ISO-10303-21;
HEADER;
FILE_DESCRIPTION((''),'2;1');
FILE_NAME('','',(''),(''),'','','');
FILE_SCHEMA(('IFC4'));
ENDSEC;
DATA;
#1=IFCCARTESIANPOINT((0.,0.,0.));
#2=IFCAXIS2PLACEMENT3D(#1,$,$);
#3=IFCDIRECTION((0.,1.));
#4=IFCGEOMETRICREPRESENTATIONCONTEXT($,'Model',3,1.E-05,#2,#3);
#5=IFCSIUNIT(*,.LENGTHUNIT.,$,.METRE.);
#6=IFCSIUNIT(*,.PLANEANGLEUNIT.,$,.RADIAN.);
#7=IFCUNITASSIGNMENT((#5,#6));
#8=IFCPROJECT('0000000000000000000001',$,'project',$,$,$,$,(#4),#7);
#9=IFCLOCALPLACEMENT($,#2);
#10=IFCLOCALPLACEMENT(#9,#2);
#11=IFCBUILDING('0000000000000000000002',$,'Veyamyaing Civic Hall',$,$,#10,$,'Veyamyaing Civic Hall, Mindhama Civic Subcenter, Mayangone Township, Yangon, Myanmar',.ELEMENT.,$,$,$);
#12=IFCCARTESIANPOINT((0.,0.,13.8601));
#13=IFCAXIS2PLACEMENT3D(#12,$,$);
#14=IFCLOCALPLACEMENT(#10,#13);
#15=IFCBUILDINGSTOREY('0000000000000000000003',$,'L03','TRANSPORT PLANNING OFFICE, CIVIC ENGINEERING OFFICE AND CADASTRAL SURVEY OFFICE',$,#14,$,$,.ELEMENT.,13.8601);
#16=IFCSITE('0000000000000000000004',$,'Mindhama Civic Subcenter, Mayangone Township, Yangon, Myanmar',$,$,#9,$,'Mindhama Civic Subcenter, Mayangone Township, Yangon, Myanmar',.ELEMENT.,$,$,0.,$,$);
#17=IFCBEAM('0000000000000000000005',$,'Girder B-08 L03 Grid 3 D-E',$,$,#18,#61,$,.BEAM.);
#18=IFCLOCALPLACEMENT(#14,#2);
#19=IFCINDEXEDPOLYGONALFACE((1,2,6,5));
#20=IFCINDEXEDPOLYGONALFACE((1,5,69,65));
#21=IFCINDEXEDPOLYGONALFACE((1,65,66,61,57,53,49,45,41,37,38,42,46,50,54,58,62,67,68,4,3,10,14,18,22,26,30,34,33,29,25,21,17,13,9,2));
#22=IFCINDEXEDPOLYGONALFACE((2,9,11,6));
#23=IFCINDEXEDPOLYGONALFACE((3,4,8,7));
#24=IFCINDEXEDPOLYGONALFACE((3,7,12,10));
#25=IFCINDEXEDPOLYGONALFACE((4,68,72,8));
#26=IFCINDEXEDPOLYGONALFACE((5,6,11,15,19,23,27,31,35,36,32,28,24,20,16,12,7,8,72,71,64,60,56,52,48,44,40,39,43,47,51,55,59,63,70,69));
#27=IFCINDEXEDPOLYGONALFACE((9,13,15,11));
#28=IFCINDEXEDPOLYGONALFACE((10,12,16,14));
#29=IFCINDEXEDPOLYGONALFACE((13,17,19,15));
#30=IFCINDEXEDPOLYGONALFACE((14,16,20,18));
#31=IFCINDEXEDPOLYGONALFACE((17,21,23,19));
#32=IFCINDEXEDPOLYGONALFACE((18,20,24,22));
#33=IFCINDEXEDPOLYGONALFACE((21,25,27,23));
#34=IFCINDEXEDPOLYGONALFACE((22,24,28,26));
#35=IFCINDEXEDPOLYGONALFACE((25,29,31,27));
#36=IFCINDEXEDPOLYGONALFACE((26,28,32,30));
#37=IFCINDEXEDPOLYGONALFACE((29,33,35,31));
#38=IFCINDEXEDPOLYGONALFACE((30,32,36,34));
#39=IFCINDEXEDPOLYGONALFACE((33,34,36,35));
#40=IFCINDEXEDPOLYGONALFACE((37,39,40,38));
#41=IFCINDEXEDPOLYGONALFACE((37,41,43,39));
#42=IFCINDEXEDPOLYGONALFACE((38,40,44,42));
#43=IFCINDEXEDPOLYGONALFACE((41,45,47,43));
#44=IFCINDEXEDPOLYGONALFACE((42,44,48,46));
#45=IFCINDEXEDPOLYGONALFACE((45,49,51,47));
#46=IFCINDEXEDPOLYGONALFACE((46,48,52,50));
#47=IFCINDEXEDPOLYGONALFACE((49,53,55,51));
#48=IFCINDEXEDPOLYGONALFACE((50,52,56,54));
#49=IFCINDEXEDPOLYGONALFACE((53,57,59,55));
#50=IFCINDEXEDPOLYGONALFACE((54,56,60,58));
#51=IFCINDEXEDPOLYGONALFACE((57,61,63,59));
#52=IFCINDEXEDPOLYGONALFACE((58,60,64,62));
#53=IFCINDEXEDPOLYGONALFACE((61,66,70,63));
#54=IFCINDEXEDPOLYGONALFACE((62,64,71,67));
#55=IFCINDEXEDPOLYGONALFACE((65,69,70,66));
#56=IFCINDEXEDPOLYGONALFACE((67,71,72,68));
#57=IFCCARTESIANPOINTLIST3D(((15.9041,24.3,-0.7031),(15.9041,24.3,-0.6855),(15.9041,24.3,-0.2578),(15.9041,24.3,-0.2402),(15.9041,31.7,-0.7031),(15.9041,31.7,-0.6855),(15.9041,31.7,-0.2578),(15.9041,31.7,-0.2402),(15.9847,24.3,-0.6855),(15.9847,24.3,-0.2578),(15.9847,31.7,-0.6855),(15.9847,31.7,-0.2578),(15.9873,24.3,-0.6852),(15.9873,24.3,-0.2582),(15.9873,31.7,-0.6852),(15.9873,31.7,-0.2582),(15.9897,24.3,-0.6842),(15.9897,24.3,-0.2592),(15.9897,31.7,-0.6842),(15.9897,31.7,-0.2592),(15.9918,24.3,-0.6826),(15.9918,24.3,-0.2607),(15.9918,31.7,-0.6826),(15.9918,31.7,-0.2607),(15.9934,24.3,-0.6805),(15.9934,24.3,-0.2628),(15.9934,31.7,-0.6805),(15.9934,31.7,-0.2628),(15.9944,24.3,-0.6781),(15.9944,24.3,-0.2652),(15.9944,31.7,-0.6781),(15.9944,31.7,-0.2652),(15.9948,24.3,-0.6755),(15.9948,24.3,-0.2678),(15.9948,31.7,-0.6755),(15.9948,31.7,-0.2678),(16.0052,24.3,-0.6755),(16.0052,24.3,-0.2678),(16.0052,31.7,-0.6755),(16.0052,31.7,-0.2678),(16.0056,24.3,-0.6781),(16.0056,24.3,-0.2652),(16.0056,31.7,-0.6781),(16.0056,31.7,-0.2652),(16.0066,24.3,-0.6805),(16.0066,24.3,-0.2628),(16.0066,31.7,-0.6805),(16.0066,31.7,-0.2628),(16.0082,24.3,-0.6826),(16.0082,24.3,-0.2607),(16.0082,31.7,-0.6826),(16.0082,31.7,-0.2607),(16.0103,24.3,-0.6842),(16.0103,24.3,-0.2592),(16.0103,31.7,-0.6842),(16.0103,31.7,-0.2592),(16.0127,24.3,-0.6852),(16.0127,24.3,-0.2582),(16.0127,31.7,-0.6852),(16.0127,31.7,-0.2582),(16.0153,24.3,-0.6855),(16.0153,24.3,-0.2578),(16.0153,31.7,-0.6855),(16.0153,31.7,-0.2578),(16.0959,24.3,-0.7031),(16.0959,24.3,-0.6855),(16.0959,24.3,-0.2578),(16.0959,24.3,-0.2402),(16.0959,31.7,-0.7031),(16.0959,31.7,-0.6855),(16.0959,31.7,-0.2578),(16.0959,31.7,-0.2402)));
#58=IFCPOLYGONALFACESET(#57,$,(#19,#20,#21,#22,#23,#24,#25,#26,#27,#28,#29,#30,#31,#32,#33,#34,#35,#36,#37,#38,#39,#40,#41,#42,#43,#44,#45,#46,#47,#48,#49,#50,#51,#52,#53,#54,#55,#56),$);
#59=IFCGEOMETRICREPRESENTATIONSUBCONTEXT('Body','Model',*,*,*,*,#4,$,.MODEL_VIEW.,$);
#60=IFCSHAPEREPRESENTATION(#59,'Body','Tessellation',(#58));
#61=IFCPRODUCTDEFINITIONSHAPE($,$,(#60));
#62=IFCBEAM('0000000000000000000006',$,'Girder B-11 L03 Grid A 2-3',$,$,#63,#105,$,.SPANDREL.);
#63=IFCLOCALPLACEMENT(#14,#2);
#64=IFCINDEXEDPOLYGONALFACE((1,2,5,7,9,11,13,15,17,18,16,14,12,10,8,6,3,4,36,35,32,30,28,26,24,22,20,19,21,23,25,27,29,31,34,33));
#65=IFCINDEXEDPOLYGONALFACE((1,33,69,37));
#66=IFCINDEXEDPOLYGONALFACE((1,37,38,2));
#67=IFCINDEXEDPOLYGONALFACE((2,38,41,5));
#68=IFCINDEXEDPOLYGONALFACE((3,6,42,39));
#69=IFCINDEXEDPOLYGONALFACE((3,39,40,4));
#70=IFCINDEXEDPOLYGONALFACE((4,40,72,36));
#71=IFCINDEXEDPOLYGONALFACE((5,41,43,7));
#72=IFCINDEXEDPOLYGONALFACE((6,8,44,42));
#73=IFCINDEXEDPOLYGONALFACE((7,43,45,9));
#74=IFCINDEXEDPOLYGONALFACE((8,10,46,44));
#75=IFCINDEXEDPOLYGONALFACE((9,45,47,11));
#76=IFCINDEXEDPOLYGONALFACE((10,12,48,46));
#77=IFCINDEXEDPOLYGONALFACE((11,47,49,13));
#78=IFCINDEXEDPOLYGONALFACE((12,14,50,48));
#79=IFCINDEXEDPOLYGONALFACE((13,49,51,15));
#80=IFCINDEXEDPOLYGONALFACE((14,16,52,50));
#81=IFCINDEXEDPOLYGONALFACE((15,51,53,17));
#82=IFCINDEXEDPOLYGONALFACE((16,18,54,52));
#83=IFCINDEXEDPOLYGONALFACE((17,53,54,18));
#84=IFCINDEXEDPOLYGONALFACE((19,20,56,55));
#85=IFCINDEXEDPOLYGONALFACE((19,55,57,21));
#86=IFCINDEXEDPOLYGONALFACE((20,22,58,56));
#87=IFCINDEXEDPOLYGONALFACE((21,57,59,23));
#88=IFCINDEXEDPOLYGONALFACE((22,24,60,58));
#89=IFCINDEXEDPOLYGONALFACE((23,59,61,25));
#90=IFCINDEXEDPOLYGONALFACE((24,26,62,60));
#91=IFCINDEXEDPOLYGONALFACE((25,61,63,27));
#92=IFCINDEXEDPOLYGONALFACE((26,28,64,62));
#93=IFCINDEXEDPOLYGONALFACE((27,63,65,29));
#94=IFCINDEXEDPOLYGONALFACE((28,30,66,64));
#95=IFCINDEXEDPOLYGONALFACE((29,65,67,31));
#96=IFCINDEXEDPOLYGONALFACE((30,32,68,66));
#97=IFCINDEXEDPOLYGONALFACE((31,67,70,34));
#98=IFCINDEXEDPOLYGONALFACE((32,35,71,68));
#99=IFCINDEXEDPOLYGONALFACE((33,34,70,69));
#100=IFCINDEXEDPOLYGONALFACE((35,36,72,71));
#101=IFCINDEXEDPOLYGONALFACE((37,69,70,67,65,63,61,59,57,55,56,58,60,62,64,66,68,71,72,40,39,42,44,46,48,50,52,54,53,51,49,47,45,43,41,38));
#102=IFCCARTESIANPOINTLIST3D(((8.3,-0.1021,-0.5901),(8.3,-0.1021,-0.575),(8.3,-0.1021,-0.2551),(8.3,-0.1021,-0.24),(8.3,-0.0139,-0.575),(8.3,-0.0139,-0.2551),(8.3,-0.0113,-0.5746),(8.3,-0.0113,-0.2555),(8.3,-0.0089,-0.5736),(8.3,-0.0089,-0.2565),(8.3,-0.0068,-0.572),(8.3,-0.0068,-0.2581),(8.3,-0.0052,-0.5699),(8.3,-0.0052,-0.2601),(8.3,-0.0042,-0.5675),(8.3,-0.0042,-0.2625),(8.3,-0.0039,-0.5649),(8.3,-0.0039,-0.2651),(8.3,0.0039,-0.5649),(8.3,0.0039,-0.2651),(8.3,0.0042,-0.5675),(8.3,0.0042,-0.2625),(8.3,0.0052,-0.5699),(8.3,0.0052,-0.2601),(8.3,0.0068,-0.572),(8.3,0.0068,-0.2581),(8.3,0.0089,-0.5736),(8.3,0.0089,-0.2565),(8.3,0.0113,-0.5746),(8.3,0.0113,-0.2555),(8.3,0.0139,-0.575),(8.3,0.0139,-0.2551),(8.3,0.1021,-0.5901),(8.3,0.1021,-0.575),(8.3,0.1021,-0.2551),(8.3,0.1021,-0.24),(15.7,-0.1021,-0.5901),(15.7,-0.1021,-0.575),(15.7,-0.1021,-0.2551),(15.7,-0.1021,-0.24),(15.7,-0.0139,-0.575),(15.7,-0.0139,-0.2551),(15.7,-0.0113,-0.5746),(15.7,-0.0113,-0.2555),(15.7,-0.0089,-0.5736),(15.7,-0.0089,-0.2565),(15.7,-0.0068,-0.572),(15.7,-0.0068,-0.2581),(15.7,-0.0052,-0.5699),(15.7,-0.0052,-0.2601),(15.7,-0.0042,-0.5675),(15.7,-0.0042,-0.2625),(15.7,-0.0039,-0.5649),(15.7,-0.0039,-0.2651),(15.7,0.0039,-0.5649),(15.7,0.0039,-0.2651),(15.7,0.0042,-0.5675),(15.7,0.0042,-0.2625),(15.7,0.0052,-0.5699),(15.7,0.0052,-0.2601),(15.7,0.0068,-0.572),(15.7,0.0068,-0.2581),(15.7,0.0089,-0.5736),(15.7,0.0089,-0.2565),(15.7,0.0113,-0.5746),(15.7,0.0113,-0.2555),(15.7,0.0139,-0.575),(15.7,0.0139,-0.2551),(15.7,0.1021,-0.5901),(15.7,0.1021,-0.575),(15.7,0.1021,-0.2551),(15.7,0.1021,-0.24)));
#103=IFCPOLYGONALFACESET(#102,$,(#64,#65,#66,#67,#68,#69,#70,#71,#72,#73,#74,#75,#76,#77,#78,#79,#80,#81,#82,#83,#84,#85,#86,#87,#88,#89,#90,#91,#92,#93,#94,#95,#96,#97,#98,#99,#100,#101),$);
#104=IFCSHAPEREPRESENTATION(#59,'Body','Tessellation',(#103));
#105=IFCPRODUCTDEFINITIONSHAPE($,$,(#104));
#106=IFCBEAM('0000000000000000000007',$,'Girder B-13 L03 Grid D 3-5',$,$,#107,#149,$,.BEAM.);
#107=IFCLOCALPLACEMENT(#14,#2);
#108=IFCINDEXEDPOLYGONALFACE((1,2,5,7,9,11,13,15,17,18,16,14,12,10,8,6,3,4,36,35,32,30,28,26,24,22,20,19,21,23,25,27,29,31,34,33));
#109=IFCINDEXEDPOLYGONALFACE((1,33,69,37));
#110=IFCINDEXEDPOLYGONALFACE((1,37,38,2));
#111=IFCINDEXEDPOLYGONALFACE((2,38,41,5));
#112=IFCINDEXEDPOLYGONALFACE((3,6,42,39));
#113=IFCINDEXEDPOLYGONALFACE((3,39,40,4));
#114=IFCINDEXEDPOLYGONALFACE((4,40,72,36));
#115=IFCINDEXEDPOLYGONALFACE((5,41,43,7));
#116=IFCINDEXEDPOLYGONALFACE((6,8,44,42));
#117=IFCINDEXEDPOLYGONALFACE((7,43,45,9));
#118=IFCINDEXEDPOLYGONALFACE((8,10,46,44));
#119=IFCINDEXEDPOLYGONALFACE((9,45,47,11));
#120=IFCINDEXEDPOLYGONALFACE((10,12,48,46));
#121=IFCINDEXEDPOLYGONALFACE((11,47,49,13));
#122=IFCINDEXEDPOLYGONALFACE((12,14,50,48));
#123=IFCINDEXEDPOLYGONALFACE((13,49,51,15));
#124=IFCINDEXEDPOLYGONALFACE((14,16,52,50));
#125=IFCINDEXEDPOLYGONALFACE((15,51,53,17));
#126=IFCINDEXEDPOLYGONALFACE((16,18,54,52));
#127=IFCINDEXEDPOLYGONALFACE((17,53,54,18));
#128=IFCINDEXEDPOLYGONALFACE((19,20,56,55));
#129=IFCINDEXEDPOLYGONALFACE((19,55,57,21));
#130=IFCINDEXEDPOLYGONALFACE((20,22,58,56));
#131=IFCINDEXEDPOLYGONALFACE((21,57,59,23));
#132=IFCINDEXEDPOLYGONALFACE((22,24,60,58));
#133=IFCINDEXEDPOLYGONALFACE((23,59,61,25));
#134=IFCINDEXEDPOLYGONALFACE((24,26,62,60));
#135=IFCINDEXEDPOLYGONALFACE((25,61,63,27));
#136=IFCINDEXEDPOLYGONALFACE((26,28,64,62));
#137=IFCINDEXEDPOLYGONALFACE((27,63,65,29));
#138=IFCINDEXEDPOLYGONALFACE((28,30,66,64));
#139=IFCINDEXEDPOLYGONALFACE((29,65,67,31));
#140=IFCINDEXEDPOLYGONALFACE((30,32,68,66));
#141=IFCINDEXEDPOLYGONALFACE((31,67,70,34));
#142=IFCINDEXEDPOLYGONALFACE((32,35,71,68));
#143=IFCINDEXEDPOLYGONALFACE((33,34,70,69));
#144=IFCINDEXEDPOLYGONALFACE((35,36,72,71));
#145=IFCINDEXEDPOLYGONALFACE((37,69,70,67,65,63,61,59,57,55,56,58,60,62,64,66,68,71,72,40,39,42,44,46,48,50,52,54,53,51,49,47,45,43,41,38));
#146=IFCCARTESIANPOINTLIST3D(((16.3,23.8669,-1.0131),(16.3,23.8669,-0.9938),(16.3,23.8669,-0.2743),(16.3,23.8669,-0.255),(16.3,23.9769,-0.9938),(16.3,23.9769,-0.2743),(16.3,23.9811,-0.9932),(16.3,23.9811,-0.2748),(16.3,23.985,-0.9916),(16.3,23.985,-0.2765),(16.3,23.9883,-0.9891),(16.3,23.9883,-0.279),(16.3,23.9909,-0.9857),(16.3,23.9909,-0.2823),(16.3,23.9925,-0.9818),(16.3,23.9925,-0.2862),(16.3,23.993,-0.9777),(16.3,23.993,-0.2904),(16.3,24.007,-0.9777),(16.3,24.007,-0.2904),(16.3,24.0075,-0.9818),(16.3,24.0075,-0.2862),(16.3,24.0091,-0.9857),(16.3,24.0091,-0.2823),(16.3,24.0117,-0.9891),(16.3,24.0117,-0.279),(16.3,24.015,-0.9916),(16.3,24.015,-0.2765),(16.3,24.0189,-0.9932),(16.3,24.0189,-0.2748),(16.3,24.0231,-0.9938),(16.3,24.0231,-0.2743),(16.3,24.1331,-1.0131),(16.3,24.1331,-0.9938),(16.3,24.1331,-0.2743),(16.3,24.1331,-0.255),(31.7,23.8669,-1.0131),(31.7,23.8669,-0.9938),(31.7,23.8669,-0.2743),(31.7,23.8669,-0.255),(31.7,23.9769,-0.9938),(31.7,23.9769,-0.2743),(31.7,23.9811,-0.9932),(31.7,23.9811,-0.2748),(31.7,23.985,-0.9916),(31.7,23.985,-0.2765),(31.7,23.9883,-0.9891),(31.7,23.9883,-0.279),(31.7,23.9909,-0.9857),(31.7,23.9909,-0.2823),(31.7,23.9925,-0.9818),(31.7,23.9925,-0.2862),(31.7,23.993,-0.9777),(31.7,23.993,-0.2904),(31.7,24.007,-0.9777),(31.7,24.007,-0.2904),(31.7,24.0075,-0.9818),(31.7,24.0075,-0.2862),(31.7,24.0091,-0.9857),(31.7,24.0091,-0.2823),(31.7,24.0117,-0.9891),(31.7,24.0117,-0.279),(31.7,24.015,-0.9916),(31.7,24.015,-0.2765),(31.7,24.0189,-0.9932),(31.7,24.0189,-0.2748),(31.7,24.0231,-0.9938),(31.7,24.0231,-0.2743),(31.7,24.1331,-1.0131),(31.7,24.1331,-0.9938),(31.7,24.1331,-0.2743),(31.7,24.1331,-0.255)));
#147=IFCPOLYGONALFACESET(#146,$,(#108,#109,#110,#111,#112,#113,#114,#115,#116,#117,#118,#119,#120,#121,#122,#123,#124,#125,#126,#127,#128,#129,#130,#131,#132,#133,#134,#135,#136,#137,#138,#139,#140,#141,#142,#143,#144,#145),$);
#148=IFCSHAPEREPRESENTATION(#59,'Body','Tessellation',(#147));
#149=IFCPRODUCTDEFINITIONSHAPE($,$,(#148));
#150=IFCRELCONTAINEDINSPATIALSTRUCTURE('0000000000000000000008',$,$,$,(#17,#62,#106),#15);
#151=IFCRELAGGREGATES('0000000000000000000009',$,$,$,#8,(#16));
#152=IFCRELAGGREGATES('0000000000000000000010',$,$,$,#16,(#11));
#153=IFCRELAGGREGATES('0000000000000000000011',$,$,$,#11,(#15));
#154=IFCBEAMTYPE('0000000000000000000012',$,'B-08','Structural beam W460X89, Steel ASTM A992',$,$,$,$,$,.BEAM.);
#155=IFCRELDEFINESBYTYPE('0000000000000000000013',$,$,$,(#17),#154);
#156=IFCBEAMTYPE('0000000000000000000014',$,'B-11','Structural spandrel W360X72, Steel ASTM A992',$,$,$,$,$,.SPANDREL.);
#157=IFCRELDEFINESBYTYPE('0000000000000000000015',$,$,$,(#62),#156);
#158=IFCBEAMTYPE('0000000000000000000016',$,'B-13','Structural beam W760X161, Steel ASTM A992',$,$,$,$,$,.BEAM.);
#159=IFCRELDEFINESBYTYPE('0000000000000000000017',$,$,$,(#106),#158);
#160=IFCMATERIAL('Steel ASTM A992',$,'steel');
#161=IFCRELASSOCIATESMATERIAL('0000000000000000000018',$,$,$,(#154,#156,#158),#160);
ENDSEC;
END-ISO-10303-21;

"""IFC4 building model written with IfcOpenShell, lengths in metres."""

from ifc_helpers import new_model, si_unit, direction, frame, origin, origin_2d, place, context, subcontext, project, spatial, i_section, extrude, material, material_profile, profile_set, type_object, element, save


model = new_model("IFC4")

# Units and contexts
model_context = context("Model", 3, precision=1e-05, world=origin(), true_north=direction((0.0, 1.0)))
body_context = subcontext(model_context, "Body", "Model", "MODEL_VIEW")
ifc_project = project(units=[si_unit("LENGTHUNIT", "METRE"), si_unit("PLANEANGLEUNIT", "RADIAN")], contexts=[model_context])

# Site, building, storey
site_placement = place(None, origin())
site = spatial("IfcSite", under=ifc_project, at=site_placement, Name="Mindhama Civic Subcenter, Mayangone Township, Yangon, Myanmar", LongName="Mindhama Civic Subcenter, Mayangone Township, Yangon, Myanmar", CompositionType="ELEMENT", RefElevation=0.0)
building_placement = place(site_placement, origin())
building = spatial("IfcBuilding", under=site, at=building_placement, Name="Veyamyaing Civic Hall", LongName="Veyamyaing Civic Hall, Mindhama Civic Subcenter, Mayangone Township, Yangon, Myanmar", CompositionType="ELEMENT")
storey_placement = place(building_placement, frame((0.0, 0.0, 13.8601)))
storey = spatial("IfcBuildingStorey", under=building, at=storey_placement, Name="L03", Description="TRANSPORT PLANNING OFFICE, CIVIC ENGINEERING OFFICE AND CADASTRAL SURVEY OFFICE", CompositionType="ELEMENT", Elevation=13.8601)

# Beams
ifc_material_1 = material(Name="Steel ASTM A992", Category="steel")
ifc_material_profile_1 = material_profile(ifc_material_1, i_section(OverallWidth=0.1919, OverallDepth=0.4629, WebThickness=0.0105, FlangeThickness=0.0176, FilletRadius=0.01, at=origin_2d()), Name="W460X89")
ifc_profile_set_1 = profile_set([ifc_material_profile_1], Name="Steel ASTM A992")
beam_type_1 = type_object("IfcBeamType", Name="B-08", Description="Structural beam W460X89, Steel ASTM A992", PredefinedType="BEAM", material=ifc_profile_set_1)
beam_1_placement = place(storey_placement, frame((16.0, 24.3, -0.4717), z_axis=(0.0, 1.0, 0.0), x_axis=(-1.0, 0.0, 0.0)))
element("IfcBeam", 1, at=beam_1_placement, inside=storey, type_object=beam_type_1, Name="Girder B-08 L03 Grid 3 D-E", PredefinedType="BEAM", context=body_context, shape_type="SweptSolid", body=[
    extrude(i_section(OverallWidth=0.1919, OverallDepth=0.4629, WebThickness=0.0105, FlangeThickness=0.0176, FilletRadius=0.01, at=origin_2d()), origin(), (0.0, 0.0, 1.0), 7.3999),
])
ifc_material_profile_2 = material_profile(ifc_material_1, i_section(OverallWidth=0.2041, OverallDepth=0.3501, WebThickness=0.0078, FlangeThickness=0.0151, FilletRadius=0.01, at=origin_2d()), Name="W360X72")
ifc_profile_set_2 = profile_set([ifc_material_profile_2], Name="Steel ASTM A992")
beam_type_2 = type_object("IfcBeamType", Name="B-11", Description="Structural spandrel W360X72, Steel ASTM A992", PredefinedType="SPANDREL", material=ifc_profile_set_2)
beam_2_placement = place(storey_placement, frame((8.3, 0.0, -0.415), z_axis=(1.0, 0.0, 0.0), x_axis=(0.0, 1.0, 0.0)))
element("IfcBeam", 2, at=beam_2_placement, inside=storey, type_object=beam_type_2, Name="Girder B-11 L03 Grid A 2-3", PredefinedType="SPANDREL", context=body_context, shape_type="SweptSolid", body=[
    extrude(i_section(OverallWidth=0.2041, OverallDepth=0.3501, WebThickness=0.0078, FlangeThickness=0.0151, FilletRadius=0.01, at=origin_2d()), origin(), (0.0, 0.0, 1.0), 7.3999),
])
ifc_material_profile_3 = material_profile(ifc_material_1, i_section(OverallWidth=0.2661, OverallDepth=0.7581, WebThickness=0.0139, FlangeThickness=0.0193, FilletRadius=0.0161, at=origin_2d()), Name="W760X161")
ifc_profile_set_3 = profile_set([ifc_material_profile_3], Name="Steel ASTM A992")
beam_type_3 = type_object("IfcBeamType", Name="B-13", Description="Structural beam W760X161, Steel ASTM A992", PredefinedType="BEAM", material=ifc_profile_set_3)
beam_3_placement = place(storey_placement, frame((16.3, 24.0, -0.634), z_axis=(1.0, 0.0, 0.0), x_axis=(0.0, 1.0, 0.0)))
element("IfcBeam", 3, at=beam_3_placement, inside=storey, type_object=beam_type_3, Name="Girder B-13 L03 Grid D 3-5", PredefinedType="BEAM", context=body_context, shape_type="SweptSolid", body=[
    extrude(i_section(OverallWidth=0.2661, OverallDepth=0.7581, WebThickness=0.0139, FlangeThickness=0.0193, FilletRadius=0.0161, at=origin_2d()), origin(), (0.0, 0.0, 1.0), 15.3999),
])

save(model, "model.ifc")
